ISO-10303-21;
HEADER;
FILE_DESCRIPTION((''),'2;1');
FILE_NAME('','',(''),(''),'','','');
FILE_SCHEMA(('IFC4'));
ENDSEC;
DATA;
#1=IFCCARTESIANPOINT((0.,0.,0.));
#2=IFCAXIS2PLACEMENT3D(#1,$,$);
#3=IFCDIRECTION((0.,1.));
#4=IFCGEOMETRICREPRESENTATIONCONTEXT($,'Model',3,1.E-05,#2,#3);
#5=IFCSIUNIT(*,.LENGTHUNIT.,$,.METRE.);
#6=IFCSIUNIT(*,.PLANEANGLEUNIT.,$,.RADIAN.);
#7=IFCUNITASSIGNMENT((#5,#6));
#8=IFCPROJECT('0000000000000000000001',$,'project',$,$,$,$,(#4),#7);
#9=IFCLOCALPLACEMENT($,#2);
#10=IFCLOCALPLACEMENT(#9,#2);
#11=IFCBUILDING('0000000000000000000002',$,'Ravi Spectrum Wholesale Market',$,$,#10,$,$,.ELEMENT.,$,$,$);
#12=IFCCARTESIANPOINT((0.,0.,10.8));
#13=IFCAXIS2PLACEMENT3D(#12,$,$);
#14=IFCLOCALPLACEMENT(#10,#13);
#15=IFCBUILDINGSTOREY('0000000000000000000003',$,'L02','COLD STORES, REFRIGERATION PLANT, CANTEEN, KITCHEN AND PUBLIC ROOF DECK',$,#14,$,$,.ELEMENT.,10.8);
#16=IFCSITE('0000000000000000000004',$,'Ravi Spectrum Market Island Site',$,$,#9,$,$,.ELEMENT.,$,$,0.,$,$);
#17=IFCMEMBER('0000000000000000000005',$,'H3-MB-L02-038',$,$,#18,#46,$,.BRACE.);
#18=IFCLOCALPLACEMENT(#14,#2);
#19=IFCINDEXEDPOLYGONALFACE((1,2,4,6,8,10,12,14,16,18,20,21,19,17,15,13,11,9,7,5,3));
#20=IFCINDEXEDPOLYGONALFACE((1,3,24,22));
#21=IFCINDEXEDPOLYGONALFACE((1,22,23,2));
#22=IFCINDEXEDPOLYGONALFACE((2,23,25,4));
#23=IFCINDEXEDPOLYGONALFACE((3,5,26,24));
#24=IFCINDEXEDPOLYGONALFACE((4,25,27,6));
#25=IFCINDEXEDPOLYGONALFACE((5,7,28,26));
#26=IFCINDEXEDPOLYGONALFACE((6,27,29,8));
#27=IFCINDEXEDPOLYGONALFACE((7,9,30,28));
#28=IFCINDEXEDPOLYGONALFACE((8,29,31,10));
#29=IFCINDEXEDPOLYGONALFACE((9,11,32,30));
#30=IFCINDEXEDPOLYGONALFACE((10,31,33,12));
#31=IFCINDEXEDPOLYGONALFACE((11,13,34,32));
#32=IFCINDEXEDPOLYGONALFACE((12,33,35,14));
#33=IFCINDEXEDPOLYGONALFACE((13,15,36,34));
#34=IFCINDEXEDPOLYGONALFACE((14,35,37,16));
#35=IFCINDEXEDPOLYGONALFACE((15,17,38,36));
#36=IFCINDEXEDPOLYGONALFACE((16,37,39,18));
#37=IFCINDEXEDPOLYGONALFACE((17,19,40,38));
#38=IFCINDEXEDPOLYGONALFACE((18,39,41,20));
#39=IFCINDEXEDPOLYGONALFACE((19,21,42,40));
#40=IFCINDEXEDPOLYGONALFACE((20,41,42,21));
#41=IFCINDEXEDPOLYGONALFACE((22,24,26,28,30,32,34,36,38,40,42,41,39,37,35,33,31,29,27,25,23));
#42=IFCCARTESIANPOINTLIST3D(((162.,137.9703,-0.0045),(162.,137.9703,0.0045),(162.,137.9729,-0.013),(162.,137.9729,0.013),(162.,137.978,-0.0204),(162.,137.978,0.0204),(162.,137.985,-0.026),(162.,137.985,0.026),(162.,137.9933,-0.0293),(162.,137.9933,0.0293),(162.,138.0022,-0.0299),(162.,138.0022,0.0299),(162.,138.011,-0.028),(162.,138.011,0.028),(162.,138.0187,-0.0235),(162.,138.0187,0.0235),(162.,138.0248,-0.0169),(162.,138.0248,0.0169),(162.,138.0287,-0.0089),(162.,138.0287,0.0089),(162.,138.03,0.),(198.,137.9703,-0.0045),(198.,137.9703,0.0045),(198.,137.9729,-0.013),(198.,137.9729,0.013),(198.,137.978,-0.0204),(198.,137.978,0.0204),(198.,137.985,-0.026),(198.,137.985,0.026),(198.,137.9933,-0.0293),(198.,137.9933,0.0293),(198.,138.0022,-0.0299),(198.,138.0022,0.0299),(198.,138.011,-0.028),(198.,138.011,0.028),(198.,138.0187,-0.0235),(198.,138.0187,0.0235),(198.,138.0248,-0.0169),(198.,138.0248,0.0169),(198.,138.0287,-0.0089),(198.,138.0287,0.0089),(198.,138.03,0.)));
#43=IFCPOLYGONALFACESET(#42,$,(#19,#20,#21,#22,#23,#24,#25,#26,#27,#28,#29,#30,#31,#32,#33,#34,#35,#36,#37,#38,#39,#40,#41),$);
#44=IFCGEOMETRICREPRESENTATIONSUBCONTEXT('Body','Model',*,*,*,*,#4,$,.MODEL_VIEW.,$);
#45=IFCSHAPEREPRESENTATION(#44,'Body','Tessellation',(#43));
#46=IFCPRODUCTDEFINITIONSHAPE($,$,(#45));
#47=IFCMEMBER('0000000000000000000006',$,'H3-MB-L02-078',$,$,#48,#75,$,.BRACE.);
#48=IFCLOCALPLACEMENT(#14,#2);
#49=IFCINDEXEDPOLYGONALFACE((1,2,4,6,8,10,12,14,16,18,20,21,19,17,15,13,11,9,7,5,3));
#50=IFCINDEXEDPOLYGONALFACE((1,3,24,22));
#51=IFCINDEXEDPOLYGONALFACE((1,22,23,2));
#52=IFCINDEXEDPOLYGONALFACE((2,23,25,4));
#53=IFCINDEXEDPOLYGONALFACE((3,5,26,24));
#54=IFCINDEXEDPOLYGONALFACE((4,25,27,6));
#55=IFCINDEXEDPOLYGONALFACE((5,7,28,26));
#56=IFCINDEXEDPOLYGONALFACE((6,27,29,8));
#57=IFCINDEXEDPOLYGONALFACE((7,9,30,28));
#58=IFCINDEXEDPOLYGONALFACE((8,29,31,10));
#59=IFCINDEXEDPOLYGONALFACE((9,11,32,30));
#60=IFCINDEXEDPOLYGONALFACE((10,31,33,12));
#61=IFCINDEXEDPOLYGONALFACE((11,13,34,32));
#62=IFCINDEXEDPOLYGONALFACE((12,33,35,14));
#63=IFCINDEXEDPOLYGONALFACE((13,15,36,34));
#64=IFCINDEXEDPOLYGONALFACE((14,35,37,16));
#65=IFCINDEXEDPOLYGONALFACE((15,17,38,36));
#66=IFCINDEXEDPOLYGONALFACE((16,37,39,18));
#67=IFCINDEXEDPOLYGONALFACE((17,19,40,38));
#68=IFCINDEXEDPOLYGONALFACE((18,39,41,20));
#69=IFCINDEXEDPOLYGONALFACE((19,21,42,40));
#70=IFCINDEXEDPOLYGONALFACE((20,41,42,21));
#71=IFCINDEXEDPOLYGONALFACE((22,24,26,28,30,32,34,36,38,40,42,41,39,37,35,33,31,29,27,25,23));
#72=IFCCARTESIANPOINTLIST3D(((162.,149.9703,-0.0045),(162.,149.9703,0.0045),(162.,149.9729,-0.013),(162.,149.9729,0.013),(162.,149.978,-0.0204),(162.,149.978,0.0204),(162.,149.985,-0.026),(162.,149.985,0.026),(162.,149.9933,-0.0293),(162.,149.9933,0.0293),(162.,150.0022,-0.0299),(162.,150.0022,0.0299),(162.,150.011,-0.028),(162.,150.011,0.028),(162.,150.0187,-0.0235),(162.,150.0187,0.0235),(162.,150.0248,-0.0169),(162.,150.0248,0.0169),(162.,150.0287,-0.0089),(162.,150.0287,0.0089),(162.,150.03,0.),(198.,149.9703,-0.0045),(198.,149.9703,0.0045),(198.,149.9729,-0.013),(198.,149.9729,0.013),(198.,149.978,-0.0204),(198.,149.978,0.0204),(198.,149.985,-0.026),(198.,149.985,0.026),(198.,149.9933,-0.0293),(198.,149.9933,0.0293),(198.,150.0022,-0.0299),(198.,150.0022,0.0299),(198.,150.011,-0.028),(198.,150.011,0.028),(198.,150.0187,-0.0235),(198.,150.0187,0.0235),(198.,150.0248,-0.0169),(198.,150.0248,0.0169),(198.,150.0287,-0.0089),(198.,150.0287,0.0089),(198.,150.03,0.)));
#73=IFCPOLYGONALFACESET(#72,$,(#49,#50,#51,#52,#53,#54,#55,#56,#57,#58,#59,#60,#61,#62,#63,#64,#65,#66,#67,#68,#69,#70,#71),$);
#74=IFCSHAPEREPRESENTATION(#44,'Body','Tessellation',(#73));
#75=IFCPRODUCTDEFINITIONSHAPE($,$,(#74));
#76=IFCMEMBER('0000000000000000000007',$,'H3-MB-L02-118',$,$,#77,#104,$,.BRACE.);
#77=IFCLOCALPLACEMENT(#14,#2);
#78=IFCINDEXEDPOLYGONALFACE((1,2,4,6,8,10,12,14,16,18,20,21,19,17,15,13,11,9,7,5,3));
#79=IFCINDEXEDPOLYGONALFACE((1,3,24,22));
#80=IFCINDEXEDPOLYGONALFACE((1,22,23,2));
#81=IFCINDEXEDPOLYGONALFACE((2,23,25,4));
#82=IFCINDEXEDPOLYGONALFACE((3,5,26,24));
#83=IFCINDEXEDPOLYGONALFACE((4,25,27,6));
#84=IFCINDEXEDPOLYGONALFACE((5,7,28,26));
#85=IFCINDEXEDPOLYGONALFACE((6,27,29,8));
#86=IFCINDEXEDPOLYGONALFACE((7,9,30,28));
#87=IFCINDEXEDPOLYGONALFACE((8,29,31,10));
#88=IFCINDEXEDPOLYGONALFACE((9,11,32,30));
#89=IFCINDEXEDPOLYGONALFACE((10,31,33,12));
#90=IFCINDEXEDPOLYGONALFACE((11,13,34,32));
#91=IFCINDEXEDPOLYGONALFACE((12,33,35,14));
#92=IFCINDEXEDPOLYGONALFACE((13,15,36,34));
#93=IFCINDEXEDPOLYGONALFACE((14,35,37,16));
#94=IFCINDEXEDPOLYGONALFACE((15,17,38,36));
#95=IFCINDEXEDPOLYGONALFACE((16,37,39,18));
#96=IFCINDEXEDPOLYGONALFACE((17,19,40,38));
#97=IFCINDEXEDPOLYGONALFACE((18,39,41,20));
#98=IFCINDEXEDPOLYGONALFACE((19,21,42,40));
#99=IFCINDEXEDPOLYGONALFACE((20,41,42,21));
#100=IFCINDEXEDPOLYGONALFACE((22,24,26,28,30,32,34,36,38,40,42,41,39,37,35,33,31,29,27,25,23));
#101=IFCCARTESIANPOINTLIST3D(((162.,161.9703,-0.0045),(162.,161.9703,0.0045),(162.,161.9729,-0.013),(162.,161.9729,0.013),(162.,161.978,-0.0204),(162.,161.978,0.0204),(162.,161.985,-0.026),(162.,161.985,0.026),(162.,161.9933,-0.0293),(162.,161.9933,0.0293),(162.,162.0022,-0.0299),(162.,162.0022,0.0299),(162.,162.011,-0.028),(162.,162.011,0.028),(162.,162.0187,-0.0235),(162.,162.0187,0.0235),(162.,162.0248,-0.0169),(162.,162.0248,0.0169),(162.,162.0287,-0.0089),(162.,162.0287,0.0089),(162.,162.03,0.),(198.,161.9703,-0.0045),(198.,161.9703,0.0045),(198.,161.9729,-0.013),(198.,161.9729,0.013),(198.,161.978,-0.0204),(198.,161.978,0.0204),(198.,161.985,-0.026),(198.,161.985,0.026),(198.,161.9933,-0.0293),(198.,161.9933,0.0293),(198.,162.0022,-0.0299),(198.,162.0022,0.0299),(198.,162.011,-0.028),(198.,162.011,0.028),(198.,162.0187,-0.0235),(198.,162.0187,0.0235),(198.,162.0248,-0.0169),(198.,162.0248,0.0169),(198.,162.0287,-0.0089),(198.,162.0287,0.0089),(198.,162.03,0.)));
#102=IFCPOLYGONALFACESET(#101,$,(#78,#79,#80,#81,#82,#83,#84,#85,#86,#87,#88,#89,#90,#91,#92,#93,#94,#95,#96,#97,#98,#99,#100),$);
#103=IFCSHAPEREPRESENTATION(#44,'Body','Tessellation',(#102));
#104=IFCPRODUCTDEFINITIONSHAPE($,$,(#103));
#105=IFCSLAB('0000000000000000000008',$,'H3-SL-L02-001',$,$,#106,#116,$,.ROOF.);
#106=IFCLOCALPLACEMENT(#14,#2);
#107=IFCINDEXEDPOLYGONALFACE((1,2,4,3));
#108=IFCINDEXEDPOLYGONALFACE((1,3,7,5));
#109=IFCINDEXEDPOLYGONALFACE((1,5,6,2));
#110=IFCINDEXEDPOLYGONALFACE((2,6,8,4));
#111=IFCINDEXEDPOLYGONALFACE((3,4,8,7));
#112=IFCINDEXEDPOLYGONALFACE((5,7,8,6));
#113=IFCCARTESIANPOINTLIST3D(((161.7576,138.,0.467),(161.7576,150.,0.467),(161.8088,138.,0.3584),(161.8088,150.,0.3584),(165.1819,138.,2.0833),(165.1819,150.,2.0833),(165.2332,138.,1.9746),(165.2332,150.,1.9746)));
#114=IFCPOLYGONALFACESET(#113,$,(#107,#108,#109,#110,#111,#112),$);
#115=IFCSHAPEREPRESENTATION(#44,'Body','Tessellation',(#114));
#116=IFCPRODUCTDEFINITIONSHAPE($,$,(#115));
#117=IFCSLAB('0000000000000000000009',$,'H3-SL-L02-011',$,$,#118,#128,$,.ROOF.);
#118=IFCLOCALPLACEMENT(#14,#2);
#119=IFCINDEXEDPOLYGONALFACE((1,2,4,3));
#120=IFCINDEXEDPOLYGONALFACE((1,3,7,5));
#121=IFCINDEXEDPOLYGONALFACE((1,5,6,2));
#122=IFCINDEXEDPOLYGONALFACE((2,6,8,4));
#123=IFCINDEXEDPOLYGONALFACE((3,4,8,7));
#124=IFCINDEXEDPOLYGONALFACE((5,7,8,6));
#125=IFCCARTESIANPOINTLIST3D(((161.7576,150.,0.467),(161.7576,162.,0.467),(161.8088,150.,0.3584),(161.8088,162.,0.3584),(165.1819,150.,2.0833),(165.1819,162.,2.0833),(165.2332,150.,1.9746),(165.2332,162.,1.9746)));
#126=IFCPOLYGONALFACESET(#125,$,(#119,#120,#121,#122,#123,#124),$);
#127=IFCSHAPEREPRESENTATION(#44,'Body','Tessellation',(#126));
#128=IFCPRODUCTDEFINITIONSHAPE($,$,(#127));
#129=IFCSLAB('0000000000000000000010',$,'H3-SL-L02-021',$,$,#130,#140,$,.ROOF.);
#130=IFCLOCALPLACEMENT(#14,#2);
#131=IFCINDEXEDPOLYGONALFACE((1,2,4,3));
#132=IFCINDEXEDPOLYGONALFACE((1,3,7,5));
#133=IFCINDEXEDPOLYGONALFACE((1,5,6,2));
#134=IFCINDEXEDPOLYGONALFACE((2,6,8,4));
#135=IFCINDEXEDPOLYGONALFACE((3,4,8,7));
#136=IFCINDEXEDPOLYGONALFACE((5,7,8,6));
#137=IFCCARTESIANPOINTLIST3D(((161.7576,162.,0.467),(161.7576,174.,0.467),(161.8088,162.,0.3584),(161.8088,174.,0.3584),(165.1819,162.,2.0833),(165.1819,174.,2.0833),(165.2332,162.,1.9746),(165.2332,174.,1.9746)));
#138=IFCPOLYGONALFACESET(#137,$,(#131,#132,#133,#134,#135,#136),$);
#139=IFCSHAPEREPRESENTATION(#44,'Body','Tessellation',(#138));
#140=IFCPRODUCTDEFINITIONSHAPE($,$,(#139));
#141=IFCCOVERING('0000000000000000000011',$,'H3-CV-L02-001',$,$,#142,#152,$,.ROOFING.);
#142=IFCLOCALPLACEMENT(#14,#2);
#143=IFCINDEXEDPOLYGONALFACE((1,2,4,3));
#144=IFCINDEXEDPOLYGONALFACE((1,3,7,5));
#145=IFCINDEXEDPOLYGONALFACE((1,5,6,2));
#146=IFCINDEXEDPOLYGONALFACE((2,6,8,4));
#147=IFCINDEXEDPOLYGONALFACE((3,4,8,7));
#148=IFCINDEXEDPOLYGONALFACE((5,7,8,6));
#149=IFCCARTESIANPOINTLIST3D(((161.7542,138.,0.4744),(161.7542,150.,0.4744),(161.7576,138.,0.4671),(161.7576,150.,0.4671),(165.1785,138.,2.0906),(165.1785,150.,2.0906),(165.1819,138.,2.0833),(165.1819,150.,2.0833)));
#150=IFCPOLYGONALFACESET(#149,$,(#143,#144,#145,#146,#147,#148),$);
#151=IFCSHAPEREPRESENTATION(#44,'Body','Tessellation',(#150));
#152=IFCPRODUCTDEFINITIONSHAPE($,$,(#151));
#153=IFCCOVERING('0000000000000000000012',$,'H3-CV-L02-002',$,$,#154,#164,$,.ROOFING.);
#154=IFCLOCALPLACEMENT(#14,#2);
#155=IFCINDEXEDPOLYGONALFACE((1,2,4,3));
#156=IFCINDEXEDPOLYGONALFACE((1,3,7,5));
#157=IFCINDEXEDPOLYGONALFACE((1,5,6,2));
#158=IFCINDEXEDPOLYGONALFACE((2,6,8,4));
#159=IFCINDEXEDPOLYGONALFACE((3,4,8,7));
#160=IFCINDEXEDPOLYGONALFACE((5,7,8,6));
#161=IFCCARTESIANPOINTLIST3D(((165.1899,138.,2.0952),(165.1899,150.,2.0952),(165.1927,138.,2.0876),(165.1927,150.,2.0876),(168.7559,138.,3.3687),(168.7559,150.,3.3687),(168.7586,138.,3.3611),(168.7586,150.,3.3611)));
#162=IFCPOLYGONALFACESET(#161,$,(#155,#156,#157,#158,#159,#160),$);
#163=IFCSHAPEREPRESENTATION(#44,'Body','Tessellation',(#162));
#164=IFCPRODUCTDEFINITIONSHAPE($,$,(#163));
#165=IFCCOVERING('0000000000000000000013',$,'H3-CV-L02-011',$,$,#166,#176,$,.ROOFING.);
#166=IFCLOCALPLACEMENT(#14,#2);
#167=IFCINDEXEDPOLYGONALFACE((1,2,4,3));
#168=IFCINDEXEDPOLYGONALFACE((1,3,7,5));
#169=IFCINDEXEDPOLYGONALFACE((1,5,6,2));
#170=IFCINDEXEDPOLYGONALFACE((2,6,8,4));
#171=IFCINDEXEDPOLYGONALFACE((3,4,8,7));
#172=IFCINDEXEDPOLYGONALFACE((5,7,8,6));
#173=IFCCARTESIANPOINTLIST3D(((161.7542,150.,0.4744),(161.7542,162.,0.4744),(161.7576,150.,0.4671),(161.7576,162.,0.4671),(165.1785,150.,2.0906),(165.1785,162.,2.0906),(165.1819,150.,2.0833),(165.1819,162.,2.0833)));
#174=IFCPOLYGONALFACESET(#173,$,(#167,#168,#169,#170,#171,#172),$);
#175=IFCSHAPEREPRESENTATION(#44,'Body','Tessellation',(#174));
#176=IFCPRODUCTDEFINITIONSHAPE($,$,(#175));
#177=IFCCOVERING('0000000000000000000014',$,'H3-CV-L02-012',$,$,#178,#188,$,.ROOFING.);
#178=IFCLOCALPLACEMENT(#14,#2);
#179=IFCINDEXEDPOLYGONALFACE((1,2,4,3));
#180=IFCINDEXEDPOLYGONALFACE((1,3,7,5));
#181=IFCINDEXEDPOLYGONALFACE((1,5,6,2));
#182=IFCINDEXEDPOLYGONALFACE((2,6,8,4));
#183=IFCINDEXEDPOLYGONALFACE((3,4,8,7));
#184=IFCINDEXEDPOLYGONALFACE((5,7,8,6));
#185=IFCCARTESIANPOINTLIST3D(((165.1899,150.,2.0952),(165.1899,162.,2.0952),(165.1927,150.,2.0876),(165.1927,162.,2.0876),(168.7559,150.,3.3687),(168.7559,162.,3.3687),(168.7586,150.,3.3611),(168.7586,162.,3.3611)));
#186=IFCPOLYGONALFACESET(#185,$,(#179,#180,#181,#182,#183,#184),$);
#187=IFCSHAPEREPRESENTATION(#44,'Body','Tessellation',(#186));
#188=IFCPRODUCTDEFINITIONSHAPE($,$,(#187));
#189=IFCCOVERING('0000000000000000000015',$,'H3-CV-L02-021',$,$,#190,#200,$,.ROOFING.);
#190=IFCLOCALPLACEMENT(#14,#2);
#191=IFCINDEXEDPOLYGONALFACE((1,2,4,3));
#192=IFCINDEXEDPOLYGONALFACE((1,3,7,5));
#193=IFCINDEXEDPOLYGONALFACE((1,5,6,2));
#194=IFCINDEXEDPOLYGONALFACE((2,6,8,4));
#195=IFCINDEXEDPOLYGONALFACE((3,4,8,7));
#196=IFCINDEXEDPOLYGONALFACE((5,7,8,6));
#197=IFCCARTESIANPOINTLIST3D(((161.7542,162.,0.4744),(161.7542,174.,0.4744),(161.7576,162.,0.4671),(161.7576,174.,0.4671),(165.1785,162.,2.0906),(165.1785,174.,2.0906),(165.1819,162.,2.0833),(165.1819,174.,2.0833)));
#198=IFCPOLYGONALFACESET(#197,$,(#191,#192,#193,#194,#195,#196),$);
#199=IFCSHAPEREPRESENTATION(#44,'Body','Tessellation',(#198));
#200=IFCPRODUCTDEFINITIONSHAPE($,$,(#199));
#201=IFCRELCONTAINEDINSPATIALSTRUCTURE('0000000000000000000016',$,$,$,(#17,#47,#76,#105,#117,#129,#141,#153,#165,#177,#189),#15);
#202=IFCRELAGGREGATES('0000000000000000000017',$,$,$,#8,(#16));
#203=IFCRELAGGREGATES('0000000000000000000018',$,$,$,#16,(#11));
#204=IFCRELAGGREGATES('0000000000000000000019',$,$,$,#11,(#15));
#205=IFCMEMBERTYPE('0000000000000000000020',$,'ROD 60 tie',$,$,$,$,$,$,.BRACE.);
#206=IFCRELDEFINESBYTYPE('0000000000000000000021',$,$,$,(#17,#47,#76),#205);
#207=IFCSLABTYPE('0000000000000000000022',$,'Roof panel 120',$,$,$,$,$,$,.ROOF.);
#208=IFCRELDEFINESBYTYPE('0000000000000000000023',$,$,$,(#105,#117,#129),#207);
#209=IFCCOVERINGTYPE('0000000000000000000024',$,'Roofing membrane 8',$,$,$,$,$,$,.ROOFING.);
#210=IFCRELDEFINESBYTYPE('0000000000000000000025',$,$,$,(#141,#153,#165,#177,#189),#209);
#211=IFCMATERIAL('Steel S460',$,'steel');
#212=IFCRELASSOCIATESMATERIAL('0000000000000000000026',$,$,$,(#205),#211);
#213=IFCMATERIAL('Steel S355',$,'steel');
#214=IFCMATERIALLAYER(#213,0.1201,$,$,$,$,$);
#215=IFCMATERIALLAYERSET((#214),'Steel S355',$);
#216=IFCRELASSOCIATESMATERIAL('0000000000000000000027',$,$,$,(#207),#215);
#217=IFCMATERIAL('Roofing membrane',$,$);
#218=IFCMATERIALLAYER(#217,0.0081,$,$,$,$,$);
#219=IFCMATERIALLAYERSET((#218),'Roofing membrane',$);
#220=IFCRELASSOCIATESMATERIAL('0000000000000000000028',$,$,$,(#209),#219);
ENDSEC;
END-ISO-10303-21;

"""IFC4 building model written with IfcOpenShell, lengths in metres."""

from ifc_helpers import new_model, si_unit, direction, frame, origin, origin_2d, place, context, subcontext, project, spatial, polyline, circle, outline, extrude, material, layer, layer_set, material_profile, profile_set, type_object, element, save


model = new_model("IFC4")

# Units and contexts
model_context = context("Model", 3, precision=1e-05, world=origin(), true_north=direction((0.0, 1.0)))
body_context = subcontext(model_context, "Body", "Model", "MODEL_VIEW")
ifc_project = project(units=[si_unit("LENGTHUNIT", "METRE"), si_unit("PLANEANGLEUNIT", "RADIAN")], contexts=[model_context])

# Site, building, storey
site_placement = place(None, origin())
site = spatial("IfcSite", under=ifc_project, at=site_placement, Name="Ravi Spectrum Market Island Site", CompositionType="ELEMENT", RefElevation=0.0)
building_placement = place(site_placement, origin())
building = spatial("IfcBuilding", under=site, at=building_placement, Name="Ravi Spectrum Wholesale Market", CompositionType="ELEMENT")
storey_placement = place(building_placement, frame((0.0, 0.0, 10.8)))
storey = spatial("IfcBuildingStorey", under=building, at=storey_placement, Name="L02", Description="COLD STORES, REFRIGERATION PLANT, CANTEEN, KITCHEN AND PUBLIC ROOF DECK", CompositionType="ELEMENT", Elevation=10.8)

# Members
ifc_material_1 = material(Name="Steel S460", Category="steel")
ifc_material_profile_1 = material_profile(ifc_material_1, circle(Radius=0.03, at=origin_2d()))
ifc_profile_set_1 = profile_set([ifc_material_profile_1], Name="Steel S460")
member_type_1 = type_object("IfcMemberType", Name="ROD 60 tie", PredefinedType="BRACE", material=ifc_profile_set_1)
for number, where, z_axis, x_axis, name in (
    (1, (162.0, 138.0, 0.0), (1.0, 0.0, 0.0), (0.0, 1.0, 0.0), "H3-MB-L02-038"),
    (2, (162.0, 150.0, 0.0), (1.0, 0.0, 0.0), (0.0, 1.0, 0.0), "H3-MB-L02-078"),
    (3, (162.0, 162.0, 0.0), (1.0, 0.0, 0.0), (0.0, 1.0, 0.0), "H3-MB-L02-118"),
):
    element("IfcMember", number, at=place(storey_placement, frame(where, z_axis=z_axis, x_axis=x_axis)), inside=storey, type_object=member_type_1, Name=name, PredefinedType="BRACE", context=body_context, shape_type="SweptSolid", body=[
        extrude(circle(Radius=0.03, at=origin_2d()), origin(), (0.0, 0.0, 1.0), 36.0),
    ])

# Slabs
ifc_material_2 = material(Name="Steel S355", Category="steel")
ifc_layer_1 = layer(ifc_material_2, 0.1201)
ifc_layer_set_1 = layer_set([ifc_layer_1], Name="Steel S355")
slab_type = type_object("IfcSlabType", Name="Roof panel 120", PredefinedType="ROOF", material=ifc_layer_set_1)
for number, where, z_axis, x_axis, name in (
    (4, (161.7576, 138.0, 0.467), (-0.426828, 0.0, 0.904333), (0.904333, 0.0, 0.426828), "H3-SL-L02-001"),
    (5, (161.7576, 150.0, 0.467), (-0.426828, 0.0, 0.904333), (0.904333, 0.0, 0.426828), "H3-SL-L02-011"),
    (6, (161.7576, 162.0, 0.467), (-0.426828, 0.0, 0.904333), (0.904333, 0.0, 0.426828), "H3-SL-L02-021"),
):
    element("IfcSlab", number, at=place(storey_placement, frame(where, z_axis=z_axis, x_axis=x_axis)), inside=storey, type_object=slab_type, Name=name, PredefinedType="ROOF", context=body_context, shape_type="SweptSolid", body=[
        extrude(outline(polyline([(0.0, 0.0), (3.7866, 0.0), (3.7866, 12.0), (0.0, 12.0), (0.0, 0.0)])), origin(), (0.0, 0.0, -1.0), 0.1201),
    ])

# Coverings
ifc_material_3 = material(Name="Roofing membrane")
ifc_layer_2 = layer(ifc_material_3, 0.0081)
ifc_layer_set_2 = layer_set([ifc_layer_2], Name="Roofing membrane")
covering_type = type_object("IfcCoveringType", Name="Roofing membrane 8", PredefinedType="ROOFING", material=ifc_layer_set_2)
covering_1_placement = place(storey_placement, frame((161.7542, 138.0, 0.4744), z_axis=(-0.426828, 0.0, 0.904333), x_axis=(0.904333, 0.0, 0.426828)))
element("IfcCovering", 7, at=covering_1_placement, inside=storey, type_object=covering_type, Name="H3-CV-L02-001", PredefinedType="ROOFING", context=body_context, shape_type="SweptSolid", body=[
    extrude(outline(polyline([(0.0, 0.0), (3.7866, 0.0), (3.7866, 12.0), (0.0, 12.0), (0.0, 0.0)])), origin(), (0.0, 0.0, -1.0), 0.0081),
])
covering_2_placement = place(storey_placement, frame((165.1899, 138.0, 2.0952), z_axis=(-0.336312, 0.0, 0.941751), x_axis=(0.941751, 0.0, 0.336312)))
element("IfcCovering", 8, at=covering_2_placement, inside=storey, type_object=covering_type, Name="H3-CV-L02-002", PredefinedType="ROOFING", context=body_context, shape_type="SweptSolid", body=[
    extrude(outline(polyline([(0.0, 0.0), (3.7865, 0.0), (3.7865, 12.0), (0.0, 12.0), (0.0, 0.0)])), origin(), (0.0, 0.0, -1.0), 0.0081),
])
covering_3_placement = place(storey_placement, frame((161.7542, 150.0, 0.4744), z_axis=(-0.426828, 0.0, 0.904333), x_axis=(0.904333, 0.0, 0.426828)))
element("IfcCovering", 9, at=covering_3_placement, inside=storey, type_object=covering_type, Name="H3-CV-L02-011", PredefinedType="ROOFING", context=body_context, shape_type="SweptSolid", body=[
    extrude(outline(polyline([(0.0, 0.0), (3.7866, 0.0), (3.7866, 12.0), (0.0, 12.0), (0.0, 0.0)])), origin(), (0.0, 0.0, -1.0), 0.0081),
])
covering_4_placement = place(storey_placement, frame((165.1899, 150.0, 2.0952), z_axis=(-0.336312, 0.0, 0.941751), x_axis=(0.941751, 0.0, 0.336312)))
element("IfcCovering", 10, at=covering_4_placement, inside=storey, type_object=covering_type, Name="H3-CV-L02-012", PredefinedType="ROOFING", context=body_context, shape_type="SweptSolid", body=[
    extrude(outline(polyline([(0.0, 0.0), (3.7865, 0.0), (3.7865, 12.0), (0.0, 12.0), (0.0, 0.0)])), origin(), (0.0, 0.0, -1.0), 0.0081),
])
covering_5_placement = place(storey_placement, frame((161.7542, 162.0, 0.4744), z_axis=(-0.426828, 0.0, 0.904333), x_axis=(0.904333, 0.0, 0.426828)))
element("IfcCovering", 11, at=covering_5_placement, inside=storey, type_object=covering_type, Name="H3-CV-L02-021", PredefinedType="ROOFING", context=body_context, shape_type="SweptSolid", body=[
    extrude(outline(polyline([(0.0, 0.0), (3.7866, 0.0), (3.7866, 12.0), (0.0, 12.0), (0.0, 0.0)])), origin(), (0.0, 0.0, -1.0), 0.0081),
])

save(model, "model.ifc")
